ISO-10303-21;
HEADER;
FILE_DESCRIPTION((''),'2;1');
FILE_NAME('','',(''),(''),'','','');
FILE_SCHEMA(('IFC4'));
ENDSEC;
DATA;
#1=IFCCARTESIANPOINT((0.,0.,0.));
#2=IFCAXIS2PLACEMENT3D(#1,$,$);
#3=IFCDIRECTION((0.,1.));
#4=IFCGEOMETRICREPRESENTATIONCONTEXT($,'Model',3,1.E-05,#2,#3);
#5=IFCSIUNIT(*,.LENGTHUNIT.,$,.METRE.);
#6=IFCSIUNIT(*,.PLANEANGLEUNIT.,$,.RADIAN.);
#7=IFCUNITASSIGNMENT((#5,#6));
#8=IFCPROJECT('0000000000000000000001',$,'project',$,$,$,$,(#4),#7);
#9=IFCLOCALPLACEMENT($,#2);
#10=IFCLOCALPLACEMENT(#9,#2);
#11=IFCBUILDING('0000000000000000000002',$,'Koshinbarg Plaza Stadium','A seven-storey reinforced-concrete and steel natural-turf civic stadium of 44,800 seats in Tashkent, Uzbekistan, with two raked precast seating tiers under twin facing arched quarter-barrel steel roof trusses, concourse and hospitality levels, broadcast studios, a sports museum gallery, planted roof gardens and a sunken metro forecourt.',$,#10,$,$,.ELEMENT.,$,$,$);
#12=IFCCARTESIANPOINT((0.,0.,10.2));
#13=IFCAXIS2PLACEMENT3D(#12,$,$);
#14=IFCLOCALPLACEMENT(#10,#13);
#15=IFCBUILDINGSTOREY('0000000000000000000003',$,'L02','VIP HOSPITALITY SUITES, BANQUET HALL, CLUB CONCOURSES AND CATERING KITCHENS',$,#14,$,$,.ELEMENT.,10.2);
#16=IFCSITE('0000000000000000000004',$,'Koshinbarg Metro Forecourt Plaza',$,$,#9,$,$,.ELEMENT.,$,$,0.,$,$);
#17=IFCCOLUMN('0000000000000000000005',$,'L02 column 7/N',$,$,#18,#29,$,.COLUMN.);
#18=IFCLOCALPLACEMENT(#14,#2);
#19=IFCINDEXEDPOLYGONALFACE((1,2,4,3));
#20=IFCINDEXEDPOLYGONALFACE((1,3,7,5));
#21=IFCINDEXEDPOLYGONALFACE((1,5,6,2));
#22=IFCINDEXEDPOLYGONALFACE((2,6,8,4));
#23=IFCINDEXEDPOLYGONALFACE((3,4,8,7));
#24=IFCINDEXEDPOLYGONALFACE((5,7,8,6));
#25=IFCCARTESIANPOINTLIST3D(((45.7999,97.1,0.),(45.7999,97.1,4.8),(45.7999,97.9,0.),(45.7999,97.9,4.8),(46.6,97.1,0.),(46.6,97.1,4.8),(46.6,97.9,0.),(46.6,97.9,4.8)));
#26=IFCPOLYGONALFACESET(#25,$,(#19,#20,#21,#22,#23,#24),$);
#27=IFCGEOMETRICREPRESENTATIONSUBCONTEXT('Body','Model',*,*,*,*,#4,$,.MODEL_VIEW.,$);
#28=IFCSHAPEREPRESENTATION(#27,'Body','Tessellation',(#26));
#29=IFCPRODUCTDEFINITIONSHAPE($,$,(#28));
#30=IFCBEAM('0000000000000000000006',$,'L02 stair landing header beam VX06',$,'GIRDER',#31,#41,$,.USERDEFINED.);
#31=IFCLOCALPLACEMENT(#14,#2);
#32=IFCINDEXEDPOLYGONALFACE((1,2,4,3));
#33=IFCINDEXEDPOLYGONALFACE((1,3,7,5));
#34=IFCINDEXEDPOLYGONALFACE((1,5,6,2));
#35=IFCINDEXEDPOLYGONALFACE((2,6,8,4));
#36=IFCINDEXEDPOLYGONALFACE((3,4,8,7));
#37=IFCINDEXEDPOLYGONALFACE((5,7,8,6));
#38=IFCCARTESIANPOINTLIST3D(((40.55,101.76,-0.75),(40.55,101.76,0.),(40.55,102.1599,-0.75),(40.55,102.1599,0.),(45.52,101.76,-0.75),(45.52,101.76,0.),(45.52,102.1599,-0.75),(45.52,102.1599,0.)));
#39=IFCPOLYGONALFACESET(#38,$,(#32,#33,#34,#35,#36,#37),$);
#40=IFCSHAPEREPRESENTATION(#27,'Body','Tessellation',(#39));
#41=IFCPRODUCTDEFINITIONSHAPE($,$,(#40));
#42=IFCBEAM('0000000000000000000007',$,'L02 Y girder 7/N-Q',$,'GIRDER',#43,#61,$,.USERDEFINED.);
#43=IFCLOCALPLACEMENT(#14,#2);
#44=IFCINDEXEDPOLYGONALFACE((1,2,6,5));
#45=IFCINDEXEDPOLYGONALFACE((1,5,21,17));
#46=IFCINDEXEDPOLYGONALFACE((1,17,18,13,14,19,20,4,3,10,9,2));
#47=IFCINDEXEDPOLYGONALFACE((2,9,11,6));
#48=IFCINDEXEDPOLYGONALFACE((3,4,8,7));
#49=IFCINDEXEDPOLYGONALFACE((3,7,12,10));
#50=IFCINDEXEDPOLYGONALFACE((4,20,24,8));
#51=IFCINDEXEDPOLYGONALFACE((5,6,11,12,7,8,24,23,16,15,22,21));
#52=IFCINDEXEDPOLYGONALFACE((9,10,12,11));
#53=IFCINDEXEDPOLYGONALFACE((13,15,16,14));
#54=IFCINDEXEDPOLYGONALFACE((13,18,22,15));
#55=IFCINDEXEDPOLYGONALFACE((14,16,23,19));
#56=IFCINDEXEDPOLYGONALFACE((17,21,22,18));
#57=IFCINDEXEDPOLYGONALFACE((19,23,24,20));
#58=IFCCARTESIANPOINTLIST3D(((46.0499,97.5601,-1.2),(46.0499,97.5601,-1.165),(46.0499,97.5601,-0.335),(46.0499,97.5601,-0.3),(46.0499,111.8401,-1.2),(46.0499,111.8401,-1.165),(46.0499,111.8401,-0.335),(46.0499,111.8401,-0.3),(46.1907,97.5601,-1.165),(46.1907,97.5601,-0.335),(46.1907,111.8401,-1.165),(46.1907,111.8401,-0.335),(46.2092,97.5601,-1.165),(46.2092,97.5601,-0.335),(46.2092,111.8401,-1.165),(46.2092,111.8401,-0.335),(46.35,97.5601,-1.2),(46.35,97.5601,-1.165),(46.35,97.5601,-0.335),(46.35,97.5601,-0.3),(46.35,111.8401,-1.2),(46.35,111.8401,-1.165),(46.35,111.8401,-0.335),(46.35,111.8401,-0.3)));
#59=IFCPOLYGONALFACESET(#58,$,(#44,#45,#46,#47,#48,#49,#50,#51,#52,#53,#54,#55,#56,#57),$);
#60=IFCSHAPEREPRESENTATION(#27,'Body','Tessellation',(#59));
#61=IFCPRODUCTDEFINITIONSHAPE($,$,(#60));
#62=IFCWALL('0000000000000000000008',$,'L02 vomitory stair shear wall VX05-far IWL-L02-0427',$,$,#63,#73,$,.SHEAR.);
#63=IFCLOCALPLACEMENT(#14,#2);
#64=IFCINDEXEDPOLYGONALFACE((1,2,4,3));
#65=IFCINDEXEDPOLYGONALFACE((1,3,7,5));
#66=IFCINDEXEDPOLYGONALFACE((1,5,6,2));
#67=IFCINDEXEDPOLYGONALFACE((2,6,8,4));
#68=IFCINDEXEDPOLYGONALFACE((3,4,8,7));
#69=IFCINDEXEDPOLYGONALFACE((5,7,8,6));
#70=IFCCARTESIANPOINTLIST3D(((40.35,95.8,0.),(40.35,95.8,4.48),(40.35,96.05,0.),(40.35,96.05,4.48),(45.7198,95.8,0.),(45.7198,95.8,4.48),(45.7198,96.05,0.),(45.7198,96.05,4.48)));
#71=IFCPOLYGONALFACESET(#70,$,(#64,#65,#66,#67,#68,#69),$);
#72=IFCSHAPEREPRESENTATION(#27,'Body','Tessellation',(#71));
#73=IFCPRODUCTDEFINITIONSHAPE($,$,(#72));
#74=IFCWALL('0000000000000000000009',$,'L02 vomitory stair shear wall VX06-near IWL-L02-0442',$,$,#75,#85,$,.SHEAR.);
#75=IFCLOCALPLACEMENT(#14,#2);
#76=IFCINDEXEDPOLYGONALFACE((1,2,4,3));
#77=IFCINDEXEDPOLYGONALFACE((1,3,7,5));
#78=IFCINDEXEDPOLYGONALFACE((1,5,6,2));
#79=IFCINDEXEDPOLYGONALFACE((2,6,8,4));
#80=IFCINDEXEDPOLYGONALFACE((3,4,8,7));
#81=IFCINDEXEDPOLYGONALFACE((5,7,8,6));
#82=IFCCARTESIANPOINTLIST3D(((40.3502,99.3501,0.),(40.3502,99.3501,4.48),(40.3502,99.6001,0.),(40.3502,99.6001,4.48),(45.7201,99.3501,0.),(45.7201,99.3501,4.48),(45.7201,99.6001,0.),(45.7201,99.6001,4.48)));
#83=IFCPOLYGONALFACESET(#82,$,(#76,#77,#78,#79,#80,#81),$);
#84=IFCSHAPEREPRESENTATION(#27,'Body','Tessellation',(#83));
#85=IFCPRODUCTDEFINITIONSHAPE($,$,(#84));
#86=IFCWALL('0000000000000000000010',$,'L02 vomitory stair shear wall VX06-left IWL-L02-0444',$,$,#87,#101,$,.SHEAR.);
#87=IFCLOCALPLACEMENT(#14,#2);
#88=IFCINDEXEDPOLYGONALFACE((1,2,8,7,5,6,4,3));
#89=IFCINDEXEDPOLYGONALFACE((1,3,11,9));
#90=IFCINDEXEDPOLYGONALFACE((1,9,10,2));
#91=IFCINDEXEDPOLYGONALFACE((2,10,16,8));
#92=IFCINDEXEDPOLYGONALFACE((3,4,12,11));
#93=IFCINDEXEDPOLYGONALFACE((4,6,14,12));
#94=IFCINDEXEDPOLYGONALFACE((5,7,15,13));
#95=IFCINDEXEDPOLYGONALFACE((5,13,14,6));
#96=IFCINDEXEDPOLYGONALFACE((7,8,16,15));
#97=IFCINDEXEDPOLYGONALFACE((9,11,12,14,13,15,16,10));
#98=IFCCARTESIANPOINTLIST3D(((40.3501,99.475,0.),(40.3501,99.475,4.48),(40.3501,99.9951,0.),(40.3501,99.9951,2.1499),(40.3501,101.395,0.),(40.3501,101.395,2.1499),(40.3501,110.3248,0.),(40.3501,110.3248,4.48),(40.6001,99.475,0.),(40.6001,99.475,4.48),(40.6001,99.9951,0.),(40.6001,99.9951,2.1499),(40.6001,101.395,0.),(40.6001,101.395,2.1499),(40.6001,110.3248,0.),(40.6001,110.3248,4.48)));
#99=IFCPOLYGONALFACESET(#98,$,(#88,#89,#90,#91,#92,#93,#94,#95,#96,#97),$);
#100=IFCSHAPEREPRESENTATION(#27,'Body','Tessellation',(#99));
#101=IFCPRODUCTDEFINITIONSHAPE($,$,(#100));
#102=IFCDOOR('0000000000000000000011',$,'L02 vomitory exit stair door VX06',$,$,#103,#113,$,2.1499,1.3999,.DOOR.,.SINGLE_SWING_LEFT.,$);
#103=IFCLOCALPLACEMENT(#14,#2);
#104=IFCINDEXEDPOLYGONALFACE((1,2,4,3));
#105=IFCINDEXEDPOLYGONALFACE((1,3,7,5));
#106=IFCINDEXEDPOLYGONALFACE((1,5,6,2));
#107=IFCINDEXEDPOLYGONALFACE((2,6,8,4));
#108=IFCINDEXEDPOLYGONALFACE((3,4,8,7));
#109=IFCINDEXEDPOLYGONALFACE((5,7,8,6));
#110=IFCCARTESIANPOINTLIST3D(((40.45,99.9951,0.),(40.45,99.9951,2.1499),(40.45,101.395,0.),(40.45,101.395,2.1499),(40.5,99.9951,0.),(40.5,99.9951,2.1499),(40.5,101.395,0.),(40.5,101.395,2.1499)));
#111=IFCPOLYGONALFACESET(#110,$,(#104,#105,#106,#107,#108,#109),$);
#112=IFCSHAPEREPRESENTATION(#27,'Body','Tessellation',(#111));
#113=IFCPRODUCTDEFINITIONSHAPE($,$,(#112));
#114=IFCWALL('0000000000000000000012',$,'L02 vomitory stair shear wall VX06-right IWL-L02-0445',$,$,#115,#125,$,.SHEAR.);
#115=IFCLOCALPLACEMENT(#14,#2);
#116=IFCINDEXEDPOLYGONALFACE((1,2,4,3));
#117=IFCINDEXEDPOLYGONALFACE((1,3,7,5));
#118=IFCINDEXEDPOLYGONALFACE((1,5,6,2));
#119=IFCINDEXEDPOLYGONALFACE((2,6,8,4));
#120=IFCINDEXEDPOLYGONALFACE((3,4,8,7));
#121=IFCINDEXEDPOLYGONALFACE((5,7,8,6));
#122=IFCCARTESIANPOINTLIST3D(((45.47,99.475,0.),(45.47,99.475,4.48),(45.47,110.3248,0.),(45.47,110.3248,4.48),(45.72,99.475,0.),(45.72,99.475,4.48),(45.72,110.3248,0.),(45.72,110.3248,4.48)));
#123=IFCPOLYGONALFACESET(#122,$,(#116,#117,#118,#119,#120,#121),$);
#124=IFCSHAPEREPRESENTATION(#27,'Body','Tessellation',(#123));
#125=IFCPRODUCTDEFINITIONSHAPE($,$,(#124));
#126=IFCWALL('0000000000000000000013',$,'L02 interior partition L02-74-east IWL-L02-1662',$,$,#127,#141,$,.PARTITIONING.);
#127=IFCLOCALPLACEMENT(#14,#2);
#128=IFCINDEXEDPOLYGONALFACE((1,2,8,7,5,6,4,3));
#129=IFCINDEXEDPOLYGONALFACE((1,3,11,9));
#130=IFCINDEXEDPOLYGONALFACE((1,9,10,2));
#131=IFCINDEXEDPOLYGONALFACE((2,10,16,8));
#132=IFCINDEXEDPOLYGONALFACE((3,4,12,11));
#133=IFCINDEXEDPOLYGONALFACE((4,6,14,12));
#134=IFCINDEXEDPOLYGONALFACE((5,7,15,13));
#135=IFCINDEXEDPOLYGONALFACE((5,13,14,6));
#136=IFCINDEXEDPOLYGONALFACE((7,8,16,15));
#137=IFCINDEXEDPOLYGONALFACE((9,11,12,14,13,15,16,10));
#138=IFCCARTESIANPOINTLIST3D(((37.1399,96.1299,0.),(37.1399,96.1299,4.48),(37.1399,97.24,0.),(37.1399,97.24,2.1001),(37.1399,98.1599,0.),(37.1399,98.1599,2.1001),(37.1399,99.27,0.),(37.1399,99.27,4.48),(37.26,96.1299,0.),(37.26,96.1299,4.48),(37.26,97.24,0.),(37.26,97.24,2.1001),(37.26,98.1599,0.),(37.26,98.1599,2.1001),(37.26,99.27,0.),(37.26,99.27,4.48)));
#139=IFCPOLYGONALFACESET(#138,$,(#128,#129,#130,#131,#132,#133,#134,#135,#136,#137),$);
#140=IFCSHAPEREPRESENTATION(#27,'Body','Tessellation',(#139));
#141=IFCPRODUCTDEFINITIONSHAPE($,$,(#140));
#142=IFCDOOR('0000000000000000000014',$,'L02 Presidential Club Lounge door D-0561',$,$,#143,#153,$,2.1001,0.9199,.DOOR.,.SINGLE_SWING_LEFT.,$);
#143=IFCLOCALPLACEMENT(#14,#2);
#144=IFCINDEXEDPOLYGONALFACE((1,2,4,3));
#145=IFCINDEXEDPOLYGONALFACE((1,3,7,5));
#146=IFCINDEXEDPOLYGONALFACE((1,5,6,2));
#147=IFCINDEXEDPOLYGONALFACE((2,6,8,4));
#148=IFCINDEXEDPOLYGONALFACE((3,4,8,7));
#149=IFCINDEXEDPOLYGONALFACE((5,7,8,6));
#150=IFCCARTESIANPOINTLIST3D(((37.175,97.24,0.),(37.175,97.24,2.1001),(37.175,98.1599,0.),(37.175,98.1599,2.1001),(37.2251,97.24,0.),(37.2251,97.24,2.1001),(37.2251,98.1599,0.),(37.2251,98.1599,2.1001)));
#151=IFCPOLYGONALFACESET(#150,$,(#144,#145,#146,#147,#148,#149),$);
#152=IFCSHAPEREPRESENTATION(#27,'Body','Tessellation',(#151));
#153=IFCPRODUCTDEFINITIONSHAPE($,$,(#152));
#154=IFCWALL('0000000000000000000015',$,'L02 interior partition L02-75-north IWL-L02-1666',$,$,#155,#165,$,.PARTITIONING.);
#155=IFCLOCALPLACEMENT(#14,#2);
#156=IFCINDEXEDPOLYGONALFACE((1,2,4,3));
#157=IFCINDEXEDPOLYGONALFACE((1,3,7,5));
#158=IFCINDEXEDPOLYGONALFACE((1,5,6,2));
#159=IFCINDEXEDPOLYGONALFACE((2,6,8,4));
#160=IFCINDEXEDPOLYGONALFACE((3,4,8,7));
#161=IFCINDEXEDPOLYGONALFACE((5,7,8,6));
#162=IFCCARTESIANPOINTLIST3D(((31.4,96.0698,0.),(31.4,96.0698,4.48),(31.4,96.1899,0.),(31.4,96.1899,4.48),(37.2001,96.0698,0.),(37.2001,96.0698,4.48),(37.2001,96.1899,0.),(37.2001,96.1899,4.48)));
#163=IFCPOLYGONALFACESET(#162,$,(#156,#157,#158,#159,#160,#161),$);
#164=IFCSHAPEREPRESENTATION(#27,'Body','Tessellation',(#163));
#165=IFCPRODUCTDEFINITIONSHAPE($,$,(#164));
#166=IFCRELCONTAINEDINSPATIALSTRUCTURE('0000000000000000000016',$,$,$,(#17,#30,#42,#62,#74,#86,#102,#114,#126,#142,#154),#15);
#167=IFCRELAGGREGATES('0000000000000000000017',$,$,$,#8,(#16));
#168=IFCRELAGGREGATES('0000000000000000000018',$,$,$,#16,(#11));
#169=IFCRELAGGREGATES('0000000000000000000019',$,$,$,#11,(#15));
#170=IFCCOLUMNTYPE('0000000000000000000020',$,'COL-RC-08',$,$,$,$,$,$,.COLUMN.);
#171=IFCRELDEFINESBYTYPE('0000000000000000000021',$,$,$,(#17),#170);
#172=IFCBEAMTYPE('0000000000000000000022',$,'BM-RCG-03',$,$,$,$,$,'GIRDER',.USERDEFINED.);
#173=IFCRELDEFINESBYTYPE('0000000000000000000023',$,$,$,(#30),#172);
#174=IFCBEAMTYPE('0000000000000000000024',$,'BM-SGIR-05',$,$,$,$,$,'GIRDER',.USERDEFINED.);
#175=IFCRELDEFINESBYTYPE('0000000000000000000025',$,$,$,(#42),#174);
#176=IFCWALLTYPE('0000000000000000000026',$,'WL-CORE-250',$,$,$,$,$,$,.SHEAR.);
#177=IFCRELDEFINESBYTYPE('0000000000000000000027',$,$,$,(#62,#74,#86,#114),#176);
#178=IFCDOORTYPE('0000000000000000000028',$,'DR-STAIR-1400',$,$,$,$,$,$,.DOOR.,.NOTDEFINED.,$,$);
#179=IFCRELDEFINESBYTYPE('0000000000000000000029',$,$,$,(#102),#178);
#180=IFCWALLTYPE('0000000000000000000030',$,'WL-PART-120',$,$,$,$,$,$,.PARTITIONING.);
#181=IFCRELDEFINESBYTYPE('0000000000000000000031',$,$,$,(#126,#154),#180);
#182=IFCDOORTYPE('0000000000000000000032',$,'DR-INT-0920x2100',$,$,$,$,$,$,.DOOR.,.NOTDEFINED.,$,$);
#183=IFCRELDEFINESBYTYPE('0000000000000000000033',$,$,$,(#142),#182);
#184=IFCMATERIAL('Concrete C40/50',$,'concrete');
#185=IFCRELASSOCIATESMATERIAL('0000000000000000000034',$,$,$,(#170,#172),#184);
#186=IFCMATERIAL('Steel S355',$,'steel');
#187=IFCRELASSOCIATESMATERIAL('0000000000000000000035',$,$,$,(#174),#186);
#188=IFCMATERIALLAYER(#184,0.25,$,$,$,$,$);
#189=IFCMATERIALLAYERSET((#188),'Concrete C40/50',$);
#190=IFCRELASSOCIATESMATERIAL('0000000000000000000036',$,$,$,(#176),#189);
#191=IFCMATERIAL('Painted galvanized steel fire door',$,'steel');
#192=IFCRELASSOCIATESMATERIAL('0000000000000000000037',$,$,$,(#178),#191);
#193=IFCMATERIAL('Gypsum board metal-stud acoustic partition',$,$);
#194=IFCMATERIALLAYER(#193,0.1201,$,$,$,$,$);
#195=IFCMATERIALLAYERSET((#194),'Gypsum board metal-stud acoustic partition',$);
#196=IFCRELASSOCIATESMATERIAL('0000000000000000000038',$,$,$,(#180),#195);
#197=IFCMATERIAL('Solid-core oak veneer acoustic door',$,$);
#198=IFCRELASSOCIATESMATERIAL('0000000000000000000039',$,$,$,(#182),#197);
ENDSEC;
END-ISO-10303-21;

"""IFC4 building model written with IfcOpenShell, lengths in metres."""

from ifc_helpers import new_model, si_unit, direction, frame, frame_2d, origin, origin_2d, place, context, subcontext, project, spatial, rectangle, i_section, extrude, material, layer, layer_set, material_profile, profile_set, type_object, element, fill, save


model = new_model("IFC4")

# Units and contexts
model_context = context("Model", 3, precision=1e-05, world=origin(), true_north=direction((0.0, 1.0)))
body_context = subcontext(model_context, "Body", "Model", "MODEL_VIEW")
ifc_project = project(units=[si_unit("LENGTHUNIT", "METRE"), si_unit("PLANEANGLEUNIT", "RADIAN")], contexts=[model_context])

# Site, building, storey
site_placement = place(None, origin())
site = spatial("IfcSite", under=ifc_project, at=site_placement, Name="Koshinbarg Metro Forecourt Plaza", CompositionType="ELEMENT", RefElevation=0.0)
building_placement = place(site_placement, origin())
building = spatial("IfcBuilding", under=site, at=building_placement, Name="Koshinbarg Plaza Stadium", Description="A seven-storey reinforced-concrete and steel natural-turf civic stadium of 44,800 seats in Tashkent, Uzbekistan, with two raked precast seating tiers under twin facing arched quarter-barrel steel roof trusses, concourse and hospitality levels, broadcast studios, a sports museum gallery, planted roof gardens and a sunken metro forecourt.", CompositionType="ELEMENT")
storey_placement = place(building_placement, frame((0.0, 0.0, 10.2)))
storey = spatial("IfcBuildingStorey", under=building, at=storey_placement, Name="L02", Description="VIP HOSPITALITY SUITES, BANQUET HALL, CLUB CONCOURSES AND CATERING KITCHENS", CompositionType="ELEMENT", Elevation=10.2)

# Column
ifc_material_1 = material(Name="Concrete C40/50", Category="concrete")
ifc_material_profile_1 = material_profile(ifc_material_1, rectangle(XDim=0.8, YDim=0.8, at=origin_2d()), Name="RC 800x800")
ifc_profile_set_1 = profile_set([ifc_material_profile_1], Name="Concrete C40/50")
column_type = type_object("IfcColumnType", Name="COL-RC-08", PredefinedType="COLUMN", material=ifc_profile_set_1)
column_placement = place(storey_placement, frame((46.2, 97.5, 0.0), z_axis=(0.0, 0.0, 1.0), x_axis=(1.0, 0.0, 0.0)))
element("IfcColumn", 1, at=column_placement, inside=storey, type_object=column_type, Name="L02 column 7/N", PredefinedType="COLUMN", context=body_context, shape_type="SweptSolid", body=[
    extrude(rectangle(XDim=0.8, YDim=0.8, at=origin_2d()), origin(), (0.0, 0.0, 1.0), 4.8),
])

# Beams
ifc_material_profile_2 = material_profile(ifc_material_1, rectangle(XDim=0.3999, YDim=0.75, at=origin_2d()), Name="RC 400x750")
ifc_profile_set_2 = profile_set([ifc_material_profile_2], Name="Concrete C40/50")
beam_type_1 = type_object("IfcBeamType", Name="BM-RCG-03", ElementType="GIRDER", PredefinedType="USERDEFINED", material=ifc_profile_set_2)
beam_1_placement = place(storey_placement, frame((40.55, 101.96, -0.375), z_axis=(1.0, 0.0, 0.0), x_axis=(0.0, 1.0, 0.0)))
element("IfcBeam", 2, at=beam_1_placement, inside=storey, type_object=beam_type_1, Name="L02 stair landing header beam VX06", ObjectType="GIRDER", PredefinedType="USERDEFINED", context=body_context, shape_type="SweptSolid", body=[
    extrude(rectangle(XDim=0.3999, YDim=0.75, at=origin_2d()), origin(), (0.0, 0.0, 1.0), 4.97),
])
ifc_material_2 = material(Name="Steel S355", Category="steel")
ifc_material_profile_3 = material_profile(ifc_material_2, i_section(OverallWidth=0.3, OverallDepth=0.8999, WebThickness=0.0186, FlangeThickness=0.0349, at=origin_2d()), Name="HEB 900")
ifc_profile_set_3 = profile_set([ifc_material_profile_3], Name="Steel S355")
beam_type_2 = type_object("IfcBeamType", Name="BM-SGIR-05", ElementType="GIRDER", PredefinedType="USERDEFINED", material=ifc_profile_set_3)
beam_2_placement = place(storey_placement, frame((46.2, 97.5601, -0.75), z_axis=(0.0, 1.0, 0.0), x_axis=(-1.0, 0.0, 0.0)))
element("IfcBeam", 3, at=beam_2_placement, inside=storey, type_object=beam_type_2, Name="L02 Y girder 7/N-Q", ObjectType="GIRDER", PredefinedType="USERDEFINED", context=body_context, shape_type="SweptSolid", body=[
    extrude(i_section(OverallWidth=0.3, OverallDepth=0.8999, WebThickness=0.0186, FlangeThickness=0.0349, at=origin_2d()), origin(), (0.0, 0.0, 1.0), 14.28),
])

# Walls
ifc_layer_1 = layer(ifc_material_1, 0.25)
ifc_layer_set_1 = layer_set([ifc_layer_1], Name="Concrete C40/50")
wall_type_1 = type_object("IfcWallType", Name="WL-CORE-250", PredefinedType="SHEAR", material=ifc_layer_set_1)
for number, where, z_axis, x_axis, name in (
    (4, (45.72, 95.925, 0.0), (0.0, 0.0, 1.0), (-1.0, 0.0, 0.0), "L02 vomitory stair shear wall VX05-far IWL-L02-0427"),
    (5, (40.3501, 99.4751, 0.0), (0.0, 0.0, 1.0), (1.0, 0.0, 0.0), "L02 vomitory stair shear wall VX06-near IWL-L02-0442"),
):
    element("IfcWall", number, at=place(storey_placement, frame(where, z_axis=z_axis, x_axis=x_axis)), inside=storey, type_object=wall_type_1, Name=name, PredefinedType="SHEAR", context=body_context, shape_type="SweptSolid", body=[
        extrude(rectangle(XDim=5.3699, YDim=0.25, at=frame_2d((2.6851, 0.0))), origin(), (0.0, 0.0, 1.0), 4.48),
    ])

# Wall, opening, door
wall_1_placement = place(storey_placement, frame((40.4751, 99.4751, 0.0), z_axis=(0.0, 0.0, 1.0), x_axis=(0.0, 1.0, 0.0)))
wall_1 = element("IfcWall", 6, at=wall_1_placement, inside=storey, type_object=wall_type_1, Name="L02 vomitory stair shear wall VX06-left IWL-L02-0444", PredefinedType="SHEAR", context=body_context, shape_type="SweptSolid", body=[
    extrude(rectangle(XDim=10.8499, YDim=0.25, at=frame_2d((5.4248, 0.0))), origin(), (0.0, 0.0, 1.0), 4.48),
])
opening_1_placement = place(wall_1_placement, frame((0.52, 0.0, 0.0)))
opening_1 = element("IfcOpeningElement", 7, at=opening_1_placement, cuts=wall_1, PredefinedType="OPENING", context=body_context, shape_type="SweptSolid", body=[
    extrude(rectangle(XDim=1.3999, YDim=2.1499, at=frame_2d((0.7, 1.075))), frame((0.0, 0.135, 0.0), z_axis=(0.0, -1.0, 0.0), x_axis=(1.0, 0.0, 0.0)), (0.0, 0.0, 1.0), 0.27),
])
ifc_material_3 = material(Name="Painted galvanized steel fire door", Category="steel")
door_type_1 = type_object("IfcDoorType", Name="DR-STAIR-1400", OperationType="NOTDEFINED", PredefinedType="DOOR", material=ifc_material_3)
door_1_placement = place(opening_1_placement, frame((1.3999, 0.0, 0.0), z_axis=(0.0, 0.0, 1.0), x_axis=(-1.0, 0.0, 0.0)))
door_1 = element("IfcDoor", 8, at=door_1_placement, inside=storey, type_object=door_type_1, Name="L02 vomitory exit stair door VX06", OperationType="SINGLE_SWING_LEFT", OverallHeight=2.1499, OverallWidth=1.3999, PredefinedType="DOOR", context=body_context, shape_type="SweptSolid", body=[
    extrude(rectangle(XDim=1.3999, YDim=2.1499, at=frame_2d((0.7, 1.075))), frame((0.0, 0.0249, 0.0), z_axis=(0.0, -1.0, 0.0), x_axis=(1.0, 0.0, 0.0)), (0.0, 0.0, 1.0), 0.05),
])
fill(opening_1, door_1)

# Wall
wall_2_placement = place(storey_placement, frame((45.595, 99.4751, 0.0), z_axis=(0.0, 0.0, 1.0), x_axis=(0.0, 1.0, 0.0)))
element("IfcWall", 9, at=wall_2_placement, inside=storey, type_object=wall_type_1, Name="L02 vomitory stair shear wall VX06-right IWL-L02-0445", PredefinedType="SHEAR", context=body_context, shape_type="SweptSolid", body=[
    extrude(rectangle(XDim=10.8499, YDim=0.25, at=frame_2d((5.4248, 0.0))), origin(), (0.0, 0.0, 1.0), 4.48),
])

# Wall, opening, door
ifc_material_4 = material(Name="Gypsum board metal-stud acoustic partition")
ifc_layer_2 = layer(ifc_material_4, 0.1201)
ifc_layer_set_2 = layer_set([ifc_layer_2], Name="Gypsum board metal-stud acoustic partition")
wall_type_2 = type_object("IfcWallType", Name="WL-PART-120", PredefinedType="PARTITIONING", material=ifc_layer_set_2)
wall_3_placement = place(storey_placement, frame((37.2, 96.1299, 0.0), z_axis=(0.0, 0.0, 1.0), x_axis=(0.0, 1.0, 0.0)))
wall_3 = element("IfcWall", 10, at=wall_3_placement, inside=storey, type_object=wall_type_2, Name="L02 interior partition L02-74-east IWL-L02-1662", PredefinedType="PARTITIONING", context=body_context, shape_type="SweptSolid", body=[
    extrude(rectangle(XDim=3.1401, YDim=0.1201, at=frame_2d((1.5701, 0.0))), origin(), (0.0, 0.0, 1.0), 4.48),
])
opening_2_placement = place(wall_3_placement, frame((1.1101, 0.0, 0.0)))
opening_2 = element("IfcOpeningElement", 11, at=opening_2_placement, cuts=wall_3, PredefinedType="OPENING", context=body_context, shape_type="SweptSolid", body=[
    extrude(rectangle(XDim=0.9199, YDim=2.1001, at=frame_2d((0.46, 1.05))), frame((0.0, 0.0701, 0.0), z_axis=(0.0, -1.0, 0.0), x_axis=(1.0, 0.0, 0.0)), (0.0, 0.0, 1.0), 0.1401),
])
ifc_material_5 = material(Name="Solid-core oak veneer acoustic door")
door_type_2 = type_object("IfcDoorType", Name="DR-INT-0920x2100", OperationType="NOTDEFINED", PredefinedType="DOOR", material=ifc_material_5)
door_2_placement = place(opening_2_placement, origin())
door_2 = element("IfcDoor", 12, at=door_2_placement, inside=storey, type_object=door_type_2, Name="L02 Presidential Club Lounge door D-0561", OperationType="SINGLE_SWING_LEFT", OverallHeight=2.1001, OverallWidth=0.9199, PredefinedType="DOOR", context=body_context, shape_type="SweptSolid", body=[
    extrude(rectangle(XDim=0.9199, YDim=2.1001, at=frame_2d((0.46, 1.05))), frame((0.0, 0.0249, 0.0), z_axis=(0.0, -1.0, 0.0), x_axis=(1.0, 0.0, 0.0)), (0.0, 0.0, 1.0), 0.05),
])
fill(opening_2, door_2)

# Wall
wall_4_placement = place(storey_placement, frame((37.2, 96.1299, 0.0), z_axis=(0.0, 0.0, 1.0), x_axis=(-1.0, 0.0, 0.0)))
element("IfcWall", 13, at=wall_4_placement, inside=storey, type_object=wall_type_2, Name="L02 interior partition L02-75-north IWL-L02-1666", PredefinedType="PARTITIONING", context=body_context, shape_type="SweptSolid", body=[
    extrude(rectangle(XDim=5.8, YDim=0.1201, at=frame_2d((2.8999, 0.0))), origin(), (0.0, 0.0, 1.0), 4.48),
])

save(model, "model.ifc")
